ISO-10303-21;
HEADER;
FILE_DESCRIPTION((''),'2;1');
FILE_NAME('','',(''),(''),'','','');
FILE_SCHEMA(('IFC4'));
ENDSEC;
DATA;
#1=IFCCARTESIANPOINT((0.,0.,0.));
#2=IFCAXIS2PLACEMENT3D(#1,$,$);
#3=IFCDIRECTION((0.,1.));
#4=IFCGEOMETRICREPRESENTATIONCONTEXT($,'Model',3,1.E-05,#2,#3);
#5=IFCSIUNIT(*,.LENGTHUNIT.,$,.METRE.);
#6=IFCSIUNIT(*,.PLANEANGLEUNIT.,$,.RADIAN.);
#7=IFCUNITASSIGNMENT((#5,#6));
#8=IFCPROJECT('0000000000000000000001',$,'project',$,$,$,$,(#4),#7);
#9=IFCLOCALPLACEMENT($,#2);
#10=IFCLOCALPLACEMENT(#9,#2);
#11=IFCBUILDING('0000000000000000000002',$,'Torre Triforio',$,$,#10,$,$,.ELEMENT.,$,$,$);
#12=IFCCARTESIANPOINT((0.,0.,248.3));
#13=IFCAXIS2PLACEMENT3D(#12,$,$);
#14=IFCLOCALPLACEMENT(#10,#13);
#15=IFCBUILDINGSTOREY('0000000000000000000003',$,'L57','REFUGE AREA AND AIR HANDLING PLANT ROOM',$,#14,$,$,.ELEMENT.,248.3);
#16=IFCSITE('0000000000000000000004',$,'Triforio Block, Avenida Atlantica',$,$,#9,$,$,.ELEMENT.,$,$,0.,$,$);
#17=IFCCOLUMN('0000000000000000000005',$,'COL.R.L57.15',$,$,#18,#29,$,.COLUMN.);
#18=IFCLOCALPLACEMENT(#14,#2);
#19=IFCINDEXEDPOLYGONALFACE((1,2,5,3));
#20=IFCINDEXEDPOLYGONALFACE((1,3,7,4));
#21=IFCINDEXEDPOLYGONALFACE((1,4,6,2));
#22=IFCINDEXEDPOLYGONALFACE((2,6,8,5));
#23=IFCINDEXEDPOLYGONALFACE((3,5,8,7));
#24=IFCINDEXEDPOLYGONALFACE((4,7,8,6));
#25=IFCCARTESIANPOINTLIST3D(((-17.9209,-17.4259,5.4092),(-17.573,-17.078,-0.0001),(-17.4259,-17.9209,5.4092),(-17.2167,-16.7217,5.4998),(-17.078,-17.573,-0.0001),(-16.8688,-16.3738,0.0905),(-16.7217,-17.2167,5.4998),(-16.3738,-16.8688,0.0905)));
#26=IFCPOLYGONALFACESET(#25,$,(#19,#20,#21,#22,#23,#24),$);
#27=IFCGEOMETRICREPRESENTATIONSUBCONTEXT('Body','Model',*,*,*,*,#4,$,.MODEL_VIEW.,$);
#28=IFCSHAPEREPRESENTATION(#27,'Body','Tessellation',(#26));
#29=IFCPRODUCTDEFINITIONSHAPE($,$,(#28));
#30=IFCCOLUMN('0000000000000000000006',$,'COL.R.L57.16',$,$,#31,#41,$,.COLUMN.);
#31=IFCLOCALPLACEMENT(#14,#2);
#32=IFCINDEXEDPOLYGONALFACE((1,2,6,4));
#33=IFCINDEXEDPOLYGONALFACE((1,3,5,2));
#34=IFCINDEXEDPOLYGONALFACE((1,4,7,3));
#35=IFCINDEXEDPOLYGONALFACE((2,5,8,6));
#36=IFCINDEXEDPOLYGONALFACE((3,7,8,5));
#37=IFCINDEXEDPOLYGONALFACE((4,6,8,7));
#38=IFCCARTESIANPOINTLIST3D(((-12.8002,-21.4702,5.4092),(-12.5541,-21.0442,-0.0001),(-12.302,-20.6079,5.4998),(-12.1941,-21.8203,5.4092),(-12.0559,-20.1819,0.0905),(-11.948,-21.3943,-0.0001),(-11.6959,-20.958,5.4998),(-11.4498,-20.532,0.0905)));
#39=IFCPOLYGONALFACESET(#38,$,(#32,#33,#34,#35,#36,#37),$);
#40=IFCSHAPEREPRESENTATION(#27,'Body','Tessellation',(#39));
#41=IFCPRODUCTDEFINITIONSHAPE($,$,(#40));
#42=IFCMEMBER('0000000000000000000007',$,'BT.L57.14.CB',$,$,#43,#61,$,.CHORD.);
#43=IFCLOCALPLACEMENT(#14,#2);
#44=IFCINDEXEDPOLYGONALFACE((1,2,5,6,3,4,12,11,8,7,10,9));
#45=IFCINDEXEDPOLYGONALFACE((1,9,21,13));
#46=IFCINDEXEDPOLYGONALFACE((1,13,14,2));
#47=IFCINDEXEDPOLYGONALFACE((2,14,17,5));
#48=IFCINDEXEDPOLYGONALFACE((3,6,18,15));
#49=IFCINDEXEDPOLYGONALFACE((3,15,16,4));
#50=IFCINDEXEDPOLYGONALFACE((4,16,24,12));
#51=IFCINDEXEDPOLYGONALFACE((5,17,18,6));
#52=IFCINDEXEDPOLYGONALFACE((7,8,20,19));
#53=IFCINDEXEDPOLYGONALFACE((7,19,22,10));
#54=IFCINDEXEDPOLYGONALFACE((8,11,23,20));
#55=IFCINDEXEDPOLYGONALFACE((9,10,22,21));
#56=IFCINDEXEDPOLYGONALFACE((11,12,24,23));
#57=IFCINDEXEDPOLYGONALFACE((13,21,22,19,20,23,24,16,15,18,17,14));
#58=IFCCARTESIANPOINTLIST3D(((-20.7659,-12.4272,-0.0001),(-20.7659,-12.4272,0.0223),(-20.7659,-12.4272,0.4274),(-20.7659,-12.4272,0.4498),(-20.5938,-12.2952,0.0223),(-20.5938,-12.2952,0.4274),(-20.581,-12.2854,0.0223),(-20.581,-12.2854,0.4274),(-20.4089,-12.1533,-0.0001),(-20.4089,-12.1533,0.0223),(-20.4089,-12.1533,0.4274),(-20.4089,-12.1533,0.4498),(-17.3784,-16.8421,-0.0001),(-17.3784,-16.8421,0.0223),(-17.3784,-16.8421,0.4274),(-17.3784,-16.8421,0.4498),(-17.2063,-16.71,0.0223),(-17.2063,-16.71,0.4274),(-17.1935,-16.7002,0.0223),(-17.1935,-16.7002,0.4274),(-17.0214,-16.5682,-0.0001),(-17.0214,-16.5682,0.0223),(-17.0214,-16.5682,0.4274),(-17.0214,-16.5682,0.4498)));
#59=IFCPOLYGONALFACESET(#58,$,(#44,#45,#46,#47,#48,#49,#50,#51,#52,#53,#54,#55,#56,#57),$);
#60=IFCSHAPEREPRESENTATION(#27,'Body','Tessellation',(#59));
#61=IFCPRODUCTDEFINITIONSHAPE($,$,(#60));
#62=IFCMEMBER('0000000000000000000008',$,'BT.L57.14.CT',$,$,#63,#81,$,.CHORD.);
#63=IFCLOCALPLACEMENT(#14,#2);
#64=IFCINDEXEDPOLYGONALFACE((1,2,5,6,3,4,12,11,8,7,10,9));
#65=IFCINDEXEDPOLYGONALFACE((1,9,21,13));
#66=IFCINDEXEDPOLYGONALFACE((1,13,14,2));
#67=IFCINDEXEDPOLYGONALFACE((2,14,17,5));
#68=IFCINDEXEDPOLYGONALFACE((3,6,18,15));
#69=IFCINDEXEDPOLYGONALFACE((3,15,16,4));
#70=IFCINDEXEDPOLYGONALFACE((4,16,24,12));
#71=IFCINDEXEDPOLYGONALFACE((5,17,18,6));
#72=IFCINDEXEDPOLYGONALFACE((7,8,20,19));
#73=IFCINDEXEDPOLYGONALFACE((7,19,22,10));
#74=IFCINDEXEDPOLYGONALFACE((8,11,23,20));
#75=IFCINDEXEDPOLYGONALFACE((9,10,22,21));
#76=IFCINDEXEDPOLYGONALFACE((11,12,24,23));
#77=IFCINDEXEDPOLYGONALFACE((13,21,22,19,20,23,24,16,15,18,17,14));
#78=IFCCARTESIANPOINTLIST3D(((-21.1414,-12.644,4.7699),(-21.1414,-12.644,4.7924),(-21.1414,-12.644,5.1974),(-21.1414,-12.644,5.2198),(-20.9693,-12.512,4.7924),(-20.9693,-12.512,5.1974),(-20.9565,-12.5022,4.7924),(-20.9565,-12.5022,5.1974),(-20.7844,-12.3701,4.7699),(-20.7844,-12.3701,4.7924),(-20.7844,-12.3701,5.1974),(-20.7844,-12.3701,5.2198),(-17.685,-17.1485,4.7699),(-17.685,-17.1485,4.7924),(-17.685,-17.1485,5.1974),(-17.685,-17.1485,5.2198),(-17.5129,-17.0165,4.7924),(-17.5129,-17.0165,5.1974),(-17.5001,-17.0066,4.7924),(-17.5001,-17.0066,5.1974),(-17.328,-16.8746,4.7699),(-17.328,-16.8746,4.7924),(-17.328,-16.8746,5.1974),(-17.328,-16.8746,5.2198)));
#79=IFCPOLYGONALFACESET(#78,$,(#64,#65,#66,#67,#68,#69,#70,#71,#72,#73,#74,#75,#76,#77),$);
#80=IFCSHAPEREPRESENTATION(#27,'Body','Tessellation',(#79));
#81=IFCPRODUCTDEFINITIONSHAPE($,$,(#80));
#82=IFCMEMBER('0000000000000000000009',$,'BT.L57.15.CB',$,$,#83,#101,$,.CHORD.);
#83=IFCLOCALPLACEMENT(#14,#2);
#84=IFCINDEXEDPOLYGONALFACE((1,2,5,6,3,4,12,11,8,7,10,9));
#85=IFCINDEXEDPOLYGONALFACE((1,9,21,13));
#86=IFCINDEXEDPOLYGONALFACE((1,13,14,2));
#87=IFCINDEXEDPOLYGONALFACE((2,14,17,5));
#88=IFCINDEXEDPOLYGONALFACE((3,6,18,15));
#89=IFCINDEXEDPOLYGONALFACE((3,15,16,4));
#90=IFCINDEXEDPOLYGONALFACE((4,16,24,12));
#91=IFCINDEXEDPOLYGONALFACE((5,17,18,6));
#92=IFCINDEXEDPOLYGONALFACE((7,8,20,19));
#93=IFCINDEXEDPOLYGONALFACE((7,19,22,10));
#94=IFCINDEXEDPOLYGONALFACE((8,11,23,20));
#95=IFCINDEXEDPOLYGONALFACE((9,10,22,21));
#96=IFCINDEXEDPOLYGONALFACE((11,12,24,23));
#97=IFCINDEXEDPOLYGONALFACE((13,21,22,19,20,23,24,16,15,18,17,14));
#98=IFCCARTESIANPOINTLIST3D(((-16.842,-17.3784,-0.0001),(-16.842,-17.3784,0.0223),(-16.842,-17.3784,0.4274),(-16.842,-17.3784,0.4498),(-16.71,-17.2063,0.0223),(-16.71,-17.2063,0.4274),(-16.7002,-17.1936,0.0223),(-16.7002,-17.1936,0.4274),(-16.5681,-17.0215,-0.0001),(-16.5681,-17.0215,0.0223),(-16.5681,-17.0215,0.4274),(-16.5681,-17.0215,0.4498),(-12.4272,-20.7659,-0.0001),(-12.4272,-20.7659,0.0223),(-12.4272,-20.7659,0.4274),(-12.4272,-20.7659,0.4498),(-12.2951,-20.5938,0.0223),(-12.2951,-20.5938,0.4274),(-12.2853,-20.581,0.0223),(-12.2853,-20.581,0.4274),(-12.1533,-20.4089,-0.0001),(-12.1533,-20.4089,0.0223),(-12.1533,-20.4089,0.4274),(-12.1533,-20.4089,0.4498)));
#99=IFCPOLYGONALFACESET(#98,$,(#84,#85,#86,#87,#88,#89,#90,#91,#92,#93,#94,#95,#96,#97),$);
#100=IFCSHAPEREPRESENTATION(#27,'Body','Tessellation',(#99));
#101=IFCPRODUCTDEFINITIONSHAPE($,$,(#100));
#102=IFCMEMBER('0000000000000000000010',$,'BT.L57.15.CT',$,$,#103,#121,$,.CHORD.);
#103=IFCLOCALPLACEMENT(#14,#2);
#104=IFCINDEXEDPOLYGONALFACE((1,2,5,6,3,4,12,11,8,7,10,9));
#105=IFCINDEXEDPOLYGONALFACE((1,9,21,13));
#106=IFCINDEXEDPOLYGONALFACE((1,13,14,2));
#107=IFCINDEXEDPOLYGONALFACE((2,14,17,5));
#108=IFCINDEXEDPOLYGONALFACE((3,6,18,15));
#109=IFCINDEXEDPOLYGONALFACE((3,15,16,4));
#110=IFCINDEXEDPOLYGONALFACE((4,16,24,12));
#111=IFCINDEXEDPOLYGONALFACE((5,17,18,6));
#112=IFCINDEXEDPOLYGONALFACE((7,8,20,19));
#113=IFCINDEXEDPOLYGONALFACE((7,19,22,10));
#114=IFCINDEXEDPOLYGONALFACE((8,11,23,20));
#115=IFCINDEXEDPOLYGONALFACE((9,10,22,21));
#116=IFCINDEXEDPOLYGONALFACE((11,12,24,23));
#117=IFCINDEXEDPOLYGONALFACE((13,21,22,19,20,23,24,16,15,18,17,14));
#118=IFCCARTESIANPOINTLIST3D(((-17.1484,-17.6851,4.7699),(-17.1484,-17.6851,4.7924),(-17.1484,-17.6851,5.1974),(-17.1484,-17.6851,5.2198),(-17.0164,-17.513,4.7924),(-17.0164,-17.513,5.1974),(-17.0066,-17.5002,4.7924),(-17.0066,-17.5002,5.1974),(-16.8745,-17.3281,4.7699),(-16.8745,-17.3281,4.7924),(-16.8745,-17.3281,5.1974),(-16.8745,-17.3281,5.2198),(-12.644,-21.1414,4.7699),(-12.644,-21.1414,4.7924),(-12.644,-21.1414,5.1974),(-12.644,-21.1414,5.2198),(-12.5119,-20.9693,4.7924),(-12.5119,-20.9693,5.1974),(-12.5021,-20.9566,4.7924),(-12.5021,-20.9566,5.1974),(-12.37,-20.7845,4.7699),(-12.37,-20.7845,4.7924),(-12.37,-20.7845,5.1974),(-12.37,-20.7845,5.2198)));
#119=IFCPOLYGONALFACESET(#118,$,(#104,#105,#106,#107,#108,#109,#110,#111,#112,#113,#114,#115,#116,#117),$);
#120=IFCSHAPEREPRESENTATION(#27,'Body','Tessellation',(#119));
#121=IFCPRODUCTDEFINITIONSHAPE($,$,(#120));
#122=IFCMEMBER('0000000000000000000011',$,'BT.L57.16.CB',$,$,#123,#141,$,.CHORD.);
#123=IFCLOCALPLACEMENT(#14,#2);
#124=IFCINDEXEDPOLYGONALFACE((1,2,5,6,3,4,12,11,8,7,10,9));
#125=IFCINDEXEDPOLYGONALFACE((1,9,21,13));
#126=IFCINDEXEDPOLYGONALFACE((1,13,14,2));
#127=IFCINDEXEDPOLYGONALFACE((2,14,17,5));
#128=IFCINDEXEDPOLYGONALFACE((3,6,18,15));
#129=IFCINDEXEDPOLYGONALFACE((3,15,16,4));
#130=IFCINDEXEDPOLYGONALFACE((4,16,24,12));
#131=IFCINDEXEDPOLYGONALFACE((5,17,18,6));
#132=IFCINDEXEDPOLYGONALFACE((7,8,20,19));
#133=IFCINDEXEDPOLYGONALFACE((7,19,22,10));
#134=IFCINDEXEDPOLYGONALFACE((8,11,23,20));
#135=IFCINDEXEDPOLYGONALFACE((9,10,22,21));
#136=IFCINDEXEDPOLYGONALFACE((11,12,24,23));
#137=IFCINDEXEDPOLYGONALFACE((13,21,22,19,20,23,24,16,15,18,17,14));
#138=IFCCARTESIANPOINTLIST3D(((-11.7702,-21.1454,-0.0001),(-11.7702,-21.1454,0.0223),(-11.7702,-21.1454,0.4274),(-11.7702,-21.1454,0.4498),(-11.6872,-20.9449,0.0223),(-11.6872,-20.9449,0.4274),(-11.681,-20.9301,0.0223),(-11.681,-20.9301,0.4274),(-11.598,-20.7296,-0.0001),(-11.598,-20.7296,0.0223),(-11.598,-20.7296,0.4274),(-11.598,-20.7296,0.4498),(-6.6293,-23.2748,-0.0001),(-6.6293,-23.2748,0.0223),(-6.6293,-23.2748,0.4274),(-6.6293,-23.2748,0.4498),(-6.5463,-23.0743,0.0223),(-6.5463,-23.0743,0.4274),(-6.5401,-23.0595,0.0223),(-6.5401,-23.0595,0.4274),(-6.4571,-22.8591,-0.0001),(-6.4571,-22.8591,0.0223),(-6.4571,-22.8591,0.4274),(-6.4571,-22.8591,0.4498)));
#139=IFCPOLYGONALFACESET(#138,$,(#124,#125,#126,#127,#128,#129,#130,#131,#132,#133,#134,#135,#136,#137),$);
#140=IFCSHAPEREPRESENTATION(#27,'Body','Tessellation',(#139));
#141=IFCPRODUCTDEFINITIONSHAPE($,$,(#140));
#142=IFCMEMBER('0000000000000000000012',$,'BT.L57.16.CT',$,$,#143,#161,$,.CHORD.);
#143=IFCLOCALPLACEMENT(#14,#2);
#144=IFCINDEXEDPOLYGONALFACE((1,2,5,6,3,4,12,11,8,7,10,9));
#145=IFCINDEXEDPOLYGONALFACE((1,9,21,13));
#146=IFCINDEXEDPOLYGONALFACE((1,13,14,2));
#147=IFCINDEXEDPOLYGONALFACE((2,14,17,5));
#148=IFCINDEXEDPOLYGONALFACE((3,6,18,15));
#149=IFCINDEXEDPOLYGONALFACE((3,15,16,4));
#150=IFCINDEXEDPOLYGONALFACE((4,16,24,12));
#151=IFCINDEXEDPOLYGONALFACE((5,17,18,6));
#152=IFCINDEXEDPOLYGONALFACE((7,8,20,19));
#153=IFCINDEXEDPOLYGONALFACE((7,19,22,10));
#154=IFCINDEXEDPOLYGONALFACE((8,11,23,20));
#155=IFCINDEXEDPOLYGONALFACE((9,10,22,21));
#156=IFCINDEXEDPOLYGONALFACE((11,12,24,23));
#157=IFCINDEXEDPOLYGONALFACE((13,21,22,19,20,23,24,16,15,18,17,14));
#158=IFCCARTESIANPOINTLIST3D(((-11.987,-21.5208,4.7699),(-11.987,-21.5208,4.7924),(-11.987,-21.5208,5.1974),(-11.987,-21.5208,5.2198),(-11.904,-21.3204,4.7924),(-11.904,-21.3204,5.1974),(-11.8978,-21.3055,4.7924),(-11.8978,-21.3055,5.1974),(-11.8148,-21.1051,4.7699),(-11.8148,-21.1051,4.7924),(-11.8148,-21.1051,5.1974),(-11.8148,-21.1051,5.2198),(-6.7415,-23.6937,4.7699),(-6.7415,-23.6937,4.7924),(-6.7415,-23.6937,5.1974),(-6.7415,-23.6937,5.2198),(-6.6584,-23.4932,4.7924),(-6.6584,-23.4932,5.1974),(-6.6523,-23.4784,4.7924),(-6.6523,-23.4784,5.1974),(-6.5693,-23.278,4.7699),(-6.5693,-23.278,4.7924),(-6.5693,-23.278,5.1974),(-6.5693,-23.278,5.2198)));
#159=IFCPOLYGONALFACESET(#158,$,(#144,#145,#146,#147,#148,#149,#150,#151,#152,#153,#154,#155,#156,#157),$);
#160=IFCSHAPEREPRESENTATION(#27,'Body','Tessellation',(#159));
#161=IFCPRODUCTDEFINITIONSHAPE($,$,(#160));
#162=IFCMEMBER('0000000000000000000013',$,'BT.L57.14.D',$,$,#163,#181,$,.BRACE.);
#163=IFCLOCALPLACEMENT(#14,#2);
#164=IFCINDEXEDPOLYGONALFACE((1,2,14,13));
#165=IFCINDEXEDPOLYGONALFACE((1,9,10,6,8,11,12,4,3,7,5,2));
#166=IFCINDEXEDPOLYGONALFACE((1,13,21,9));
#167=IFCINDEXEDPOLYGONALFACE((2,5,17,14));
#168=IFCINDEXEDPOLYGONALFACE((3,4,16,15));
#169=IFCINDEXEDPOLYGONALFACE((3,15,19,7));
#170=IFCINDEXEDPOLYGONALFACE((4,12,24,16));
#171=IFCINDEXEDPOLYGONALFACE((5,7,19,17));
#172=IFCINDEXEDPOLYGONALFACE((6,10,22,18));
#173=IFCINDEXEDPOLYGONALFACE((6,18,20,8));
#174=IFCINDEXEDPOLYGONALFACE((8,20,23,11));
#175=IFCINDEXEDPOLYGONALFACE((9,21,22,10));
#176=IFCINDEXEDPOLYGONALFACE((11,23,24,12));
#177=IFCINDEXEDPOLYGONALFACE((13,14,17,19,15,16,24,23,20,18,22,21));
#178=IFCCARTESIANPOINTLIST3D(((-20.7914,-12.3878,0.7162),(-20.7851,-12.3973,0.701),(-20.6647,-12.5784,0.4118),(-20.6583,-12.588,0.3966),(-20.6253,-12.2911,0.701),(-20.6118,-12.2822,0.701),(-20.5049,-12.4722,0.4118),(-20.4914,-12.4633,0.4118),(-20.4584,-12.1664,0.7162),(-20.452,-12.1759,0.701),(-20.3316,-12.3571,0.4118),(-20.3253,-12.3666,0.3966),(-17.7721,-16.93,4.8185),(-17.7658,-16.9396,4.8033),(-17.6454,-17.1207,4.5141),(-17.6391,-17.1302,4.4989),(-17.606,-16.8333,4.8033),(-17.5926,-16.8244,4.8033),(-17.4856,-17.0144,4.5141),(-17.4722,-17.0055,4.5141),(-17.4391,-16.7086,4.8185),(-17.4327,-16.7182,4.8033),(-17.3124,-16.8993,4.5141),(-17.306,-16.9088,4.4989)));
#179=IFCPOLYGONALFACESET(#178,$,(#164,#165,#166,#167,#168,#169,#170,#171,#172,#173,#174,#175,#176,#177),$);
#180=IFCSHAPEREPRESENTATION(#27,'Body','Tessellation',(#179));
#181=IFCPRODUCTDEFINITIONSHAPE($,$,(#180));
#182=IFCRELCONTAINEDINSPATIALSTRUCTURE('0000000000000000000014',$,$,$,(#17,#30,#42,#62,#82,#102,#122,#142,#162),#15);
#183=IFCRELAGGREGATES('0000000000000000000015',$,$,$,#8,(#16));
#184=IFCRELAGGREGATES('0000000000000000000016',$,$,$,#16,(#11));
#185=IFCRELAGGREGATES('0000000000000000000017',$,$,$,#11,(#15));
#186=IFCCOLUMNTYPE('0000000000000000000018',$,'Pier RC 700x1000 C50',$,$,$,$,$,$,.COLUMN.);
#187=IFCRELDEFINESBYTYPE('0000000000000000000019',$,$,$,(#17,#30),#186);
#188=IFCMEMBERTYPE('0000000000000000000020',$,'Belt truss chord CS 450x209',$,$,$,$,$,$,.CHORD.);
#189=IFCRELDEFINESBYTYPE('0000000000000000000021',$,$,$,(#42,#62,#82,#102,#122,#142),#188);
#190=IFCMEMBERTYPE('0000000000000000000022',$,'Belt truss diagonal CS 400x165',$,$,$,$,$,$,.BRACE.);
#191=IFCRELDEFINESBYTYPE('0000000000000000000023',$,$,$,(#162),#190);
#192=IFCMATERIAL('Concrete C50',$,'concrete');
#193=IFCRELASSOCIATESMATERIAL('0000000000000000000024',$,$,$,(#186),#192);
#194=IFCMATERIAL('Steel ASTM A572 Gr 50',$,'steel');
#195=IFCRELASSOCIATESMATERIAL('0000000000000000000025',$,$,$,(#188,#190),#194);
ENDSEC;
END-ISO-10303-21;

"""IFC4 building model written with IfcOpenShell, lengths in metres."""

from ifc_helpers import new_model, si_unit, direction, frame, origin, origin_2d, place, context, subcontext, project, spatial, rectangle, i_section, extrude, material, material_profile, profile_set, type_object, element, save


model = new_model("IFC4")

# Units and contexts
model_context = context("Model", 3, precision=1e-05, world=origin(), true_north=direction((0.0, 1.0)))
body_context = subcontext(model_context, "Body", "Model", "MODEL_VIEW")
ifc_project = project(units=[si_unit("LENGTHUNIT", "METRE"), si_unit("PLANEANGLEUNIT", "RADIAN")], contexts=[model_context])

# Site, building, storey
site_placement = place(None, origin())
site = spatial("IfcSite", under=ifc_project, at=site_placement, Name="Triforio Block, Avenida Atlantica", CompositionType="ELEMENT", RefElevation=0.0)
building_placement = place(site_placement, origin())
building = spatial("IfcBuilding", under=site, at=building_placement, Name="Torre Triforio", CompositionType="ELEMENT")
storey_placement = place(building_placement, frame((0.0, 0.0, 248.3)))
storey = spatial("IfcBuildingStorey", under=building, at=storey_placement, Name="L57", Description="REFUGE AREA AND AIR HANDLING PLANT ROOM", CompositionType="ELEMENT", Elevation=248.3)

# Columns
ifc_material_1 = material(Name="Concrete C50", Category="concrete")
ifc_material_profile_1 = material_profile(ifc_material_1, rectangle(XDim=0.7, YDim=1.0, at=origin_2d()), Name="RC 700x1000")
ifc_profile_set_1 = profile_set([ifc_material_profile_1], Name="Concrete C50")
column_type = type_object("IfcColumnType", Name="Pier RC 700x1000 C50", PredefinedType="COLUMN", material=ifc_profile_set_1)
for number, where, z_axis, x_axis, name in (
    (1, (-16.9734, -16.9734, 0.0452), (-0.064049, -0.064049, 0.995889), (0.707107, -0.707107, 0.0), "COL.R.L57.15"),
    (2, (-12.002, -20.7881, 0.0452), (-0.045307, -0.078432, 0.995889), (0.865913, -0.500195, 0.0), "COL.R.L57.16"),
):
    element("IfcColumn", number, at=place(storey_placement, frame(where, z_axis=z_axis, x_axis=x_axis)), inside=storey, type_object=column_type, Name=name, PredefinedType="COLUMN", context=body_context, shape_type="SweptSolid", body=[
        extrude(rectangle(XDim=0.7, YDim=1.0, at=origin_2d()), origin(), (0.0, 0.0, 1.0), 5.4316),
    ])

# Members
ifc_material_2 = material(Name="Steel ASTM A572 Gr 50", Category="steel")
ifc_material_profile_2 = material_profile(ifc_material_2, i_section(OverallWidth=0.45, OverallDepth=0.45, WebThickness=0.0161, FlangeThickness=0.0225, at=origin_2d()), Name="CS 450x209")
ifc_profile_set_2 = profile_set([ifc_material_profile_2], Name="Steel ASTM A572 Gr 50")
member_type_1 = type_object("IfcMemberType", Name="Belt truss chord CS 450x209", PredefinedType="CHORD", material=ifc_profile_set_2)
member_1_placement = place(storey_placement, frame((-20.5874, -12.2903, 0.2249), z_axis=(0.608746, -0.793366, 0.0), x_axis=(0.793366, 0.608746, 0.0)))
element("IfcMember", 3, at=member_1_placement, inside=storey, type_object=member_type_1, Name="BT.L57.14.CB", PredefinedType="CHORD", context=body_context, shape_type="SweptSolid", body=[
    extrude(i_section(OverallWidth=0.45, OverallDepth=0.45, WebThickness=0.0161, FlangeThickness=0.0225, at=origin_2d()), origin(), (0.0, 0.0, 1.0), 5.5647),
])
member_2_placement = place(storey_placement, frame((-20.9629, -12.5071, 4.9949), z_axis=(0.608756, -0.793357, 0.0), x_axis=(0.793357, 0.608756, 0.0)))
element("IfcMember", 4, at=member_2_placement, inside=storey, type_object=member_type_1, Name="BT.L57.14.CT", PredefinedType="CHORD", context=body_context, shape_type="SweptSolid", body=[
    extrude(i_section(OverallWidth=0.45, OverallDepth=0.45, WebThickness=0.0161, FlangeThickness=0.0225, at=origin_2d()), origin(), (0.0, 0.0, 1.0), 5.6777),
])
member_3_placement = place(storey_placement, frame((-16.7051, -17.2, 0.2249), z_axis=(0.793366, -0.608746, 0.0), x_axis=(0.608746, 0.793366, 0.0)))
element("IfcMember", 5, at=member_3_placement, inside=storey, type_object=member_type_1, Name="BT.L57.15.CB", PredefinedType="CHORD", context=body_context, shape_type="SweptSolid", body=[
    extrude(i_section(OverallWidth=0.45, OverallDepth=0.45, WebThickness=0.0161, FlangeThickness=0.0225, at=origin_2d()), origin(), (0.0, 0.0, 1.0), 5.5647),
])
member_4_placement = place(storey_placement, frame((-17.0115, -17.5066, 4.9949), z_axis=(0.793357, -0.608756, 0.0), x_axis=(0.608756, 0.793357, 0.0)))
element("IfcMember", 6, at=member_4_placement, inside=storey, type_object=member_type_1, Name="BT.L57.15.CT", PredefinedType="CHORD", context=body_context, shape_type="SweptSolid", body=[
    extrude(i_section(OverallWidth=0.45, OverallDepth=0.45, WebThickness=0.0161, FlangeThickness=0.0225, at=origin_2d()), origin(), (0.0, 0.0, 1.0), 5.6777),
])
member_5_placement = place(storey_placement, frame((-11.6841, -20.9375, 0.2249), z_axis=(0.923881, -0.38268, 0.0), x_axis=(0.38268, 0.923881, 0.0)))
element("IfcMember", 7, at=member_5_placement, inside=storey, type_object=member_type_1, Name="BT.L57.16.CB", PredefinedType="CHORD", context=body_context, shape_type="SweptSolid", body=[
    extrude(i_section(OverallWidth=0.45, OverallDepth=0.45, WebThickness=0.0161, FlangeThickness=0.0225, at=origin_2d()), origin(), (0.0, 0.0, 1.0), 5.5645),
])
member_6_placement = place(storey_placement, frame((-11.9009, -21.313, 4.9949), z_axis=(0.923876, -0.382691, 0.0), x_axis=(0.382691, 0.923876, 0.0)))
element("IfcMember", 8, at=member_6_placement, inside=storey, type_object=member_type_1, Name="BT.L57.16.CT", PredefinedType="CHORD", context=body_context, shape_type="SweptSolid", body=[
    extrude(i_section(OverallWidth=0.45, OverallDepth=0.45, WebThickness=0.0161, FlangeThickness=0.0225, at=origin_2d()), origin(), (0.0, 0.0, 1.0), 5.6777),
])
ifc_material_profile_3 = material_profile(ifc_material_2, i_section(OverallWidth=0.3999, OverallDepth=0.3999, WebThickness=0.0161, FlangeThickness=0.019, at=origin_2d()), Name="CS 400x165")
ifc_profile_set_3 = profile_set([ifc_material_profile_3], Name="Steel ASTM A572 Gr 50")
member_type_2 = type_object("IfcMemberType", Name="Belt truss diagonal CS 400x165", PredefinedType="BRACE", material=ifc_profile_set_3)
for number, where, z_axis, x_axis, name in (
    (9, (-20.5583, -12.3772, 0.5564), (0.442404, -0.665556, 0.601093), (0.8328, 0.553574, 0.0), "BT.L57.14.D"),
):
    element("IfcMember", number, at=place(storey_placement, frame(where, z_axis=z_axis, x_axis=x_axis)), inside=storey, type_object=member_type_2, Name=name, PredefinedType="BRACE", context=body_context, shape_type="SweptSolid", body=[
        extrude(i_section(OverallWidth=0.3999, OverallDepth=0.3999, WebThickness=0.0161, FlangeThickness=0.019, at=origin_2d()), origin(), (0.0, 0.0, 1.0), 6.8247),
    ])

save(model, "model.ifc")
